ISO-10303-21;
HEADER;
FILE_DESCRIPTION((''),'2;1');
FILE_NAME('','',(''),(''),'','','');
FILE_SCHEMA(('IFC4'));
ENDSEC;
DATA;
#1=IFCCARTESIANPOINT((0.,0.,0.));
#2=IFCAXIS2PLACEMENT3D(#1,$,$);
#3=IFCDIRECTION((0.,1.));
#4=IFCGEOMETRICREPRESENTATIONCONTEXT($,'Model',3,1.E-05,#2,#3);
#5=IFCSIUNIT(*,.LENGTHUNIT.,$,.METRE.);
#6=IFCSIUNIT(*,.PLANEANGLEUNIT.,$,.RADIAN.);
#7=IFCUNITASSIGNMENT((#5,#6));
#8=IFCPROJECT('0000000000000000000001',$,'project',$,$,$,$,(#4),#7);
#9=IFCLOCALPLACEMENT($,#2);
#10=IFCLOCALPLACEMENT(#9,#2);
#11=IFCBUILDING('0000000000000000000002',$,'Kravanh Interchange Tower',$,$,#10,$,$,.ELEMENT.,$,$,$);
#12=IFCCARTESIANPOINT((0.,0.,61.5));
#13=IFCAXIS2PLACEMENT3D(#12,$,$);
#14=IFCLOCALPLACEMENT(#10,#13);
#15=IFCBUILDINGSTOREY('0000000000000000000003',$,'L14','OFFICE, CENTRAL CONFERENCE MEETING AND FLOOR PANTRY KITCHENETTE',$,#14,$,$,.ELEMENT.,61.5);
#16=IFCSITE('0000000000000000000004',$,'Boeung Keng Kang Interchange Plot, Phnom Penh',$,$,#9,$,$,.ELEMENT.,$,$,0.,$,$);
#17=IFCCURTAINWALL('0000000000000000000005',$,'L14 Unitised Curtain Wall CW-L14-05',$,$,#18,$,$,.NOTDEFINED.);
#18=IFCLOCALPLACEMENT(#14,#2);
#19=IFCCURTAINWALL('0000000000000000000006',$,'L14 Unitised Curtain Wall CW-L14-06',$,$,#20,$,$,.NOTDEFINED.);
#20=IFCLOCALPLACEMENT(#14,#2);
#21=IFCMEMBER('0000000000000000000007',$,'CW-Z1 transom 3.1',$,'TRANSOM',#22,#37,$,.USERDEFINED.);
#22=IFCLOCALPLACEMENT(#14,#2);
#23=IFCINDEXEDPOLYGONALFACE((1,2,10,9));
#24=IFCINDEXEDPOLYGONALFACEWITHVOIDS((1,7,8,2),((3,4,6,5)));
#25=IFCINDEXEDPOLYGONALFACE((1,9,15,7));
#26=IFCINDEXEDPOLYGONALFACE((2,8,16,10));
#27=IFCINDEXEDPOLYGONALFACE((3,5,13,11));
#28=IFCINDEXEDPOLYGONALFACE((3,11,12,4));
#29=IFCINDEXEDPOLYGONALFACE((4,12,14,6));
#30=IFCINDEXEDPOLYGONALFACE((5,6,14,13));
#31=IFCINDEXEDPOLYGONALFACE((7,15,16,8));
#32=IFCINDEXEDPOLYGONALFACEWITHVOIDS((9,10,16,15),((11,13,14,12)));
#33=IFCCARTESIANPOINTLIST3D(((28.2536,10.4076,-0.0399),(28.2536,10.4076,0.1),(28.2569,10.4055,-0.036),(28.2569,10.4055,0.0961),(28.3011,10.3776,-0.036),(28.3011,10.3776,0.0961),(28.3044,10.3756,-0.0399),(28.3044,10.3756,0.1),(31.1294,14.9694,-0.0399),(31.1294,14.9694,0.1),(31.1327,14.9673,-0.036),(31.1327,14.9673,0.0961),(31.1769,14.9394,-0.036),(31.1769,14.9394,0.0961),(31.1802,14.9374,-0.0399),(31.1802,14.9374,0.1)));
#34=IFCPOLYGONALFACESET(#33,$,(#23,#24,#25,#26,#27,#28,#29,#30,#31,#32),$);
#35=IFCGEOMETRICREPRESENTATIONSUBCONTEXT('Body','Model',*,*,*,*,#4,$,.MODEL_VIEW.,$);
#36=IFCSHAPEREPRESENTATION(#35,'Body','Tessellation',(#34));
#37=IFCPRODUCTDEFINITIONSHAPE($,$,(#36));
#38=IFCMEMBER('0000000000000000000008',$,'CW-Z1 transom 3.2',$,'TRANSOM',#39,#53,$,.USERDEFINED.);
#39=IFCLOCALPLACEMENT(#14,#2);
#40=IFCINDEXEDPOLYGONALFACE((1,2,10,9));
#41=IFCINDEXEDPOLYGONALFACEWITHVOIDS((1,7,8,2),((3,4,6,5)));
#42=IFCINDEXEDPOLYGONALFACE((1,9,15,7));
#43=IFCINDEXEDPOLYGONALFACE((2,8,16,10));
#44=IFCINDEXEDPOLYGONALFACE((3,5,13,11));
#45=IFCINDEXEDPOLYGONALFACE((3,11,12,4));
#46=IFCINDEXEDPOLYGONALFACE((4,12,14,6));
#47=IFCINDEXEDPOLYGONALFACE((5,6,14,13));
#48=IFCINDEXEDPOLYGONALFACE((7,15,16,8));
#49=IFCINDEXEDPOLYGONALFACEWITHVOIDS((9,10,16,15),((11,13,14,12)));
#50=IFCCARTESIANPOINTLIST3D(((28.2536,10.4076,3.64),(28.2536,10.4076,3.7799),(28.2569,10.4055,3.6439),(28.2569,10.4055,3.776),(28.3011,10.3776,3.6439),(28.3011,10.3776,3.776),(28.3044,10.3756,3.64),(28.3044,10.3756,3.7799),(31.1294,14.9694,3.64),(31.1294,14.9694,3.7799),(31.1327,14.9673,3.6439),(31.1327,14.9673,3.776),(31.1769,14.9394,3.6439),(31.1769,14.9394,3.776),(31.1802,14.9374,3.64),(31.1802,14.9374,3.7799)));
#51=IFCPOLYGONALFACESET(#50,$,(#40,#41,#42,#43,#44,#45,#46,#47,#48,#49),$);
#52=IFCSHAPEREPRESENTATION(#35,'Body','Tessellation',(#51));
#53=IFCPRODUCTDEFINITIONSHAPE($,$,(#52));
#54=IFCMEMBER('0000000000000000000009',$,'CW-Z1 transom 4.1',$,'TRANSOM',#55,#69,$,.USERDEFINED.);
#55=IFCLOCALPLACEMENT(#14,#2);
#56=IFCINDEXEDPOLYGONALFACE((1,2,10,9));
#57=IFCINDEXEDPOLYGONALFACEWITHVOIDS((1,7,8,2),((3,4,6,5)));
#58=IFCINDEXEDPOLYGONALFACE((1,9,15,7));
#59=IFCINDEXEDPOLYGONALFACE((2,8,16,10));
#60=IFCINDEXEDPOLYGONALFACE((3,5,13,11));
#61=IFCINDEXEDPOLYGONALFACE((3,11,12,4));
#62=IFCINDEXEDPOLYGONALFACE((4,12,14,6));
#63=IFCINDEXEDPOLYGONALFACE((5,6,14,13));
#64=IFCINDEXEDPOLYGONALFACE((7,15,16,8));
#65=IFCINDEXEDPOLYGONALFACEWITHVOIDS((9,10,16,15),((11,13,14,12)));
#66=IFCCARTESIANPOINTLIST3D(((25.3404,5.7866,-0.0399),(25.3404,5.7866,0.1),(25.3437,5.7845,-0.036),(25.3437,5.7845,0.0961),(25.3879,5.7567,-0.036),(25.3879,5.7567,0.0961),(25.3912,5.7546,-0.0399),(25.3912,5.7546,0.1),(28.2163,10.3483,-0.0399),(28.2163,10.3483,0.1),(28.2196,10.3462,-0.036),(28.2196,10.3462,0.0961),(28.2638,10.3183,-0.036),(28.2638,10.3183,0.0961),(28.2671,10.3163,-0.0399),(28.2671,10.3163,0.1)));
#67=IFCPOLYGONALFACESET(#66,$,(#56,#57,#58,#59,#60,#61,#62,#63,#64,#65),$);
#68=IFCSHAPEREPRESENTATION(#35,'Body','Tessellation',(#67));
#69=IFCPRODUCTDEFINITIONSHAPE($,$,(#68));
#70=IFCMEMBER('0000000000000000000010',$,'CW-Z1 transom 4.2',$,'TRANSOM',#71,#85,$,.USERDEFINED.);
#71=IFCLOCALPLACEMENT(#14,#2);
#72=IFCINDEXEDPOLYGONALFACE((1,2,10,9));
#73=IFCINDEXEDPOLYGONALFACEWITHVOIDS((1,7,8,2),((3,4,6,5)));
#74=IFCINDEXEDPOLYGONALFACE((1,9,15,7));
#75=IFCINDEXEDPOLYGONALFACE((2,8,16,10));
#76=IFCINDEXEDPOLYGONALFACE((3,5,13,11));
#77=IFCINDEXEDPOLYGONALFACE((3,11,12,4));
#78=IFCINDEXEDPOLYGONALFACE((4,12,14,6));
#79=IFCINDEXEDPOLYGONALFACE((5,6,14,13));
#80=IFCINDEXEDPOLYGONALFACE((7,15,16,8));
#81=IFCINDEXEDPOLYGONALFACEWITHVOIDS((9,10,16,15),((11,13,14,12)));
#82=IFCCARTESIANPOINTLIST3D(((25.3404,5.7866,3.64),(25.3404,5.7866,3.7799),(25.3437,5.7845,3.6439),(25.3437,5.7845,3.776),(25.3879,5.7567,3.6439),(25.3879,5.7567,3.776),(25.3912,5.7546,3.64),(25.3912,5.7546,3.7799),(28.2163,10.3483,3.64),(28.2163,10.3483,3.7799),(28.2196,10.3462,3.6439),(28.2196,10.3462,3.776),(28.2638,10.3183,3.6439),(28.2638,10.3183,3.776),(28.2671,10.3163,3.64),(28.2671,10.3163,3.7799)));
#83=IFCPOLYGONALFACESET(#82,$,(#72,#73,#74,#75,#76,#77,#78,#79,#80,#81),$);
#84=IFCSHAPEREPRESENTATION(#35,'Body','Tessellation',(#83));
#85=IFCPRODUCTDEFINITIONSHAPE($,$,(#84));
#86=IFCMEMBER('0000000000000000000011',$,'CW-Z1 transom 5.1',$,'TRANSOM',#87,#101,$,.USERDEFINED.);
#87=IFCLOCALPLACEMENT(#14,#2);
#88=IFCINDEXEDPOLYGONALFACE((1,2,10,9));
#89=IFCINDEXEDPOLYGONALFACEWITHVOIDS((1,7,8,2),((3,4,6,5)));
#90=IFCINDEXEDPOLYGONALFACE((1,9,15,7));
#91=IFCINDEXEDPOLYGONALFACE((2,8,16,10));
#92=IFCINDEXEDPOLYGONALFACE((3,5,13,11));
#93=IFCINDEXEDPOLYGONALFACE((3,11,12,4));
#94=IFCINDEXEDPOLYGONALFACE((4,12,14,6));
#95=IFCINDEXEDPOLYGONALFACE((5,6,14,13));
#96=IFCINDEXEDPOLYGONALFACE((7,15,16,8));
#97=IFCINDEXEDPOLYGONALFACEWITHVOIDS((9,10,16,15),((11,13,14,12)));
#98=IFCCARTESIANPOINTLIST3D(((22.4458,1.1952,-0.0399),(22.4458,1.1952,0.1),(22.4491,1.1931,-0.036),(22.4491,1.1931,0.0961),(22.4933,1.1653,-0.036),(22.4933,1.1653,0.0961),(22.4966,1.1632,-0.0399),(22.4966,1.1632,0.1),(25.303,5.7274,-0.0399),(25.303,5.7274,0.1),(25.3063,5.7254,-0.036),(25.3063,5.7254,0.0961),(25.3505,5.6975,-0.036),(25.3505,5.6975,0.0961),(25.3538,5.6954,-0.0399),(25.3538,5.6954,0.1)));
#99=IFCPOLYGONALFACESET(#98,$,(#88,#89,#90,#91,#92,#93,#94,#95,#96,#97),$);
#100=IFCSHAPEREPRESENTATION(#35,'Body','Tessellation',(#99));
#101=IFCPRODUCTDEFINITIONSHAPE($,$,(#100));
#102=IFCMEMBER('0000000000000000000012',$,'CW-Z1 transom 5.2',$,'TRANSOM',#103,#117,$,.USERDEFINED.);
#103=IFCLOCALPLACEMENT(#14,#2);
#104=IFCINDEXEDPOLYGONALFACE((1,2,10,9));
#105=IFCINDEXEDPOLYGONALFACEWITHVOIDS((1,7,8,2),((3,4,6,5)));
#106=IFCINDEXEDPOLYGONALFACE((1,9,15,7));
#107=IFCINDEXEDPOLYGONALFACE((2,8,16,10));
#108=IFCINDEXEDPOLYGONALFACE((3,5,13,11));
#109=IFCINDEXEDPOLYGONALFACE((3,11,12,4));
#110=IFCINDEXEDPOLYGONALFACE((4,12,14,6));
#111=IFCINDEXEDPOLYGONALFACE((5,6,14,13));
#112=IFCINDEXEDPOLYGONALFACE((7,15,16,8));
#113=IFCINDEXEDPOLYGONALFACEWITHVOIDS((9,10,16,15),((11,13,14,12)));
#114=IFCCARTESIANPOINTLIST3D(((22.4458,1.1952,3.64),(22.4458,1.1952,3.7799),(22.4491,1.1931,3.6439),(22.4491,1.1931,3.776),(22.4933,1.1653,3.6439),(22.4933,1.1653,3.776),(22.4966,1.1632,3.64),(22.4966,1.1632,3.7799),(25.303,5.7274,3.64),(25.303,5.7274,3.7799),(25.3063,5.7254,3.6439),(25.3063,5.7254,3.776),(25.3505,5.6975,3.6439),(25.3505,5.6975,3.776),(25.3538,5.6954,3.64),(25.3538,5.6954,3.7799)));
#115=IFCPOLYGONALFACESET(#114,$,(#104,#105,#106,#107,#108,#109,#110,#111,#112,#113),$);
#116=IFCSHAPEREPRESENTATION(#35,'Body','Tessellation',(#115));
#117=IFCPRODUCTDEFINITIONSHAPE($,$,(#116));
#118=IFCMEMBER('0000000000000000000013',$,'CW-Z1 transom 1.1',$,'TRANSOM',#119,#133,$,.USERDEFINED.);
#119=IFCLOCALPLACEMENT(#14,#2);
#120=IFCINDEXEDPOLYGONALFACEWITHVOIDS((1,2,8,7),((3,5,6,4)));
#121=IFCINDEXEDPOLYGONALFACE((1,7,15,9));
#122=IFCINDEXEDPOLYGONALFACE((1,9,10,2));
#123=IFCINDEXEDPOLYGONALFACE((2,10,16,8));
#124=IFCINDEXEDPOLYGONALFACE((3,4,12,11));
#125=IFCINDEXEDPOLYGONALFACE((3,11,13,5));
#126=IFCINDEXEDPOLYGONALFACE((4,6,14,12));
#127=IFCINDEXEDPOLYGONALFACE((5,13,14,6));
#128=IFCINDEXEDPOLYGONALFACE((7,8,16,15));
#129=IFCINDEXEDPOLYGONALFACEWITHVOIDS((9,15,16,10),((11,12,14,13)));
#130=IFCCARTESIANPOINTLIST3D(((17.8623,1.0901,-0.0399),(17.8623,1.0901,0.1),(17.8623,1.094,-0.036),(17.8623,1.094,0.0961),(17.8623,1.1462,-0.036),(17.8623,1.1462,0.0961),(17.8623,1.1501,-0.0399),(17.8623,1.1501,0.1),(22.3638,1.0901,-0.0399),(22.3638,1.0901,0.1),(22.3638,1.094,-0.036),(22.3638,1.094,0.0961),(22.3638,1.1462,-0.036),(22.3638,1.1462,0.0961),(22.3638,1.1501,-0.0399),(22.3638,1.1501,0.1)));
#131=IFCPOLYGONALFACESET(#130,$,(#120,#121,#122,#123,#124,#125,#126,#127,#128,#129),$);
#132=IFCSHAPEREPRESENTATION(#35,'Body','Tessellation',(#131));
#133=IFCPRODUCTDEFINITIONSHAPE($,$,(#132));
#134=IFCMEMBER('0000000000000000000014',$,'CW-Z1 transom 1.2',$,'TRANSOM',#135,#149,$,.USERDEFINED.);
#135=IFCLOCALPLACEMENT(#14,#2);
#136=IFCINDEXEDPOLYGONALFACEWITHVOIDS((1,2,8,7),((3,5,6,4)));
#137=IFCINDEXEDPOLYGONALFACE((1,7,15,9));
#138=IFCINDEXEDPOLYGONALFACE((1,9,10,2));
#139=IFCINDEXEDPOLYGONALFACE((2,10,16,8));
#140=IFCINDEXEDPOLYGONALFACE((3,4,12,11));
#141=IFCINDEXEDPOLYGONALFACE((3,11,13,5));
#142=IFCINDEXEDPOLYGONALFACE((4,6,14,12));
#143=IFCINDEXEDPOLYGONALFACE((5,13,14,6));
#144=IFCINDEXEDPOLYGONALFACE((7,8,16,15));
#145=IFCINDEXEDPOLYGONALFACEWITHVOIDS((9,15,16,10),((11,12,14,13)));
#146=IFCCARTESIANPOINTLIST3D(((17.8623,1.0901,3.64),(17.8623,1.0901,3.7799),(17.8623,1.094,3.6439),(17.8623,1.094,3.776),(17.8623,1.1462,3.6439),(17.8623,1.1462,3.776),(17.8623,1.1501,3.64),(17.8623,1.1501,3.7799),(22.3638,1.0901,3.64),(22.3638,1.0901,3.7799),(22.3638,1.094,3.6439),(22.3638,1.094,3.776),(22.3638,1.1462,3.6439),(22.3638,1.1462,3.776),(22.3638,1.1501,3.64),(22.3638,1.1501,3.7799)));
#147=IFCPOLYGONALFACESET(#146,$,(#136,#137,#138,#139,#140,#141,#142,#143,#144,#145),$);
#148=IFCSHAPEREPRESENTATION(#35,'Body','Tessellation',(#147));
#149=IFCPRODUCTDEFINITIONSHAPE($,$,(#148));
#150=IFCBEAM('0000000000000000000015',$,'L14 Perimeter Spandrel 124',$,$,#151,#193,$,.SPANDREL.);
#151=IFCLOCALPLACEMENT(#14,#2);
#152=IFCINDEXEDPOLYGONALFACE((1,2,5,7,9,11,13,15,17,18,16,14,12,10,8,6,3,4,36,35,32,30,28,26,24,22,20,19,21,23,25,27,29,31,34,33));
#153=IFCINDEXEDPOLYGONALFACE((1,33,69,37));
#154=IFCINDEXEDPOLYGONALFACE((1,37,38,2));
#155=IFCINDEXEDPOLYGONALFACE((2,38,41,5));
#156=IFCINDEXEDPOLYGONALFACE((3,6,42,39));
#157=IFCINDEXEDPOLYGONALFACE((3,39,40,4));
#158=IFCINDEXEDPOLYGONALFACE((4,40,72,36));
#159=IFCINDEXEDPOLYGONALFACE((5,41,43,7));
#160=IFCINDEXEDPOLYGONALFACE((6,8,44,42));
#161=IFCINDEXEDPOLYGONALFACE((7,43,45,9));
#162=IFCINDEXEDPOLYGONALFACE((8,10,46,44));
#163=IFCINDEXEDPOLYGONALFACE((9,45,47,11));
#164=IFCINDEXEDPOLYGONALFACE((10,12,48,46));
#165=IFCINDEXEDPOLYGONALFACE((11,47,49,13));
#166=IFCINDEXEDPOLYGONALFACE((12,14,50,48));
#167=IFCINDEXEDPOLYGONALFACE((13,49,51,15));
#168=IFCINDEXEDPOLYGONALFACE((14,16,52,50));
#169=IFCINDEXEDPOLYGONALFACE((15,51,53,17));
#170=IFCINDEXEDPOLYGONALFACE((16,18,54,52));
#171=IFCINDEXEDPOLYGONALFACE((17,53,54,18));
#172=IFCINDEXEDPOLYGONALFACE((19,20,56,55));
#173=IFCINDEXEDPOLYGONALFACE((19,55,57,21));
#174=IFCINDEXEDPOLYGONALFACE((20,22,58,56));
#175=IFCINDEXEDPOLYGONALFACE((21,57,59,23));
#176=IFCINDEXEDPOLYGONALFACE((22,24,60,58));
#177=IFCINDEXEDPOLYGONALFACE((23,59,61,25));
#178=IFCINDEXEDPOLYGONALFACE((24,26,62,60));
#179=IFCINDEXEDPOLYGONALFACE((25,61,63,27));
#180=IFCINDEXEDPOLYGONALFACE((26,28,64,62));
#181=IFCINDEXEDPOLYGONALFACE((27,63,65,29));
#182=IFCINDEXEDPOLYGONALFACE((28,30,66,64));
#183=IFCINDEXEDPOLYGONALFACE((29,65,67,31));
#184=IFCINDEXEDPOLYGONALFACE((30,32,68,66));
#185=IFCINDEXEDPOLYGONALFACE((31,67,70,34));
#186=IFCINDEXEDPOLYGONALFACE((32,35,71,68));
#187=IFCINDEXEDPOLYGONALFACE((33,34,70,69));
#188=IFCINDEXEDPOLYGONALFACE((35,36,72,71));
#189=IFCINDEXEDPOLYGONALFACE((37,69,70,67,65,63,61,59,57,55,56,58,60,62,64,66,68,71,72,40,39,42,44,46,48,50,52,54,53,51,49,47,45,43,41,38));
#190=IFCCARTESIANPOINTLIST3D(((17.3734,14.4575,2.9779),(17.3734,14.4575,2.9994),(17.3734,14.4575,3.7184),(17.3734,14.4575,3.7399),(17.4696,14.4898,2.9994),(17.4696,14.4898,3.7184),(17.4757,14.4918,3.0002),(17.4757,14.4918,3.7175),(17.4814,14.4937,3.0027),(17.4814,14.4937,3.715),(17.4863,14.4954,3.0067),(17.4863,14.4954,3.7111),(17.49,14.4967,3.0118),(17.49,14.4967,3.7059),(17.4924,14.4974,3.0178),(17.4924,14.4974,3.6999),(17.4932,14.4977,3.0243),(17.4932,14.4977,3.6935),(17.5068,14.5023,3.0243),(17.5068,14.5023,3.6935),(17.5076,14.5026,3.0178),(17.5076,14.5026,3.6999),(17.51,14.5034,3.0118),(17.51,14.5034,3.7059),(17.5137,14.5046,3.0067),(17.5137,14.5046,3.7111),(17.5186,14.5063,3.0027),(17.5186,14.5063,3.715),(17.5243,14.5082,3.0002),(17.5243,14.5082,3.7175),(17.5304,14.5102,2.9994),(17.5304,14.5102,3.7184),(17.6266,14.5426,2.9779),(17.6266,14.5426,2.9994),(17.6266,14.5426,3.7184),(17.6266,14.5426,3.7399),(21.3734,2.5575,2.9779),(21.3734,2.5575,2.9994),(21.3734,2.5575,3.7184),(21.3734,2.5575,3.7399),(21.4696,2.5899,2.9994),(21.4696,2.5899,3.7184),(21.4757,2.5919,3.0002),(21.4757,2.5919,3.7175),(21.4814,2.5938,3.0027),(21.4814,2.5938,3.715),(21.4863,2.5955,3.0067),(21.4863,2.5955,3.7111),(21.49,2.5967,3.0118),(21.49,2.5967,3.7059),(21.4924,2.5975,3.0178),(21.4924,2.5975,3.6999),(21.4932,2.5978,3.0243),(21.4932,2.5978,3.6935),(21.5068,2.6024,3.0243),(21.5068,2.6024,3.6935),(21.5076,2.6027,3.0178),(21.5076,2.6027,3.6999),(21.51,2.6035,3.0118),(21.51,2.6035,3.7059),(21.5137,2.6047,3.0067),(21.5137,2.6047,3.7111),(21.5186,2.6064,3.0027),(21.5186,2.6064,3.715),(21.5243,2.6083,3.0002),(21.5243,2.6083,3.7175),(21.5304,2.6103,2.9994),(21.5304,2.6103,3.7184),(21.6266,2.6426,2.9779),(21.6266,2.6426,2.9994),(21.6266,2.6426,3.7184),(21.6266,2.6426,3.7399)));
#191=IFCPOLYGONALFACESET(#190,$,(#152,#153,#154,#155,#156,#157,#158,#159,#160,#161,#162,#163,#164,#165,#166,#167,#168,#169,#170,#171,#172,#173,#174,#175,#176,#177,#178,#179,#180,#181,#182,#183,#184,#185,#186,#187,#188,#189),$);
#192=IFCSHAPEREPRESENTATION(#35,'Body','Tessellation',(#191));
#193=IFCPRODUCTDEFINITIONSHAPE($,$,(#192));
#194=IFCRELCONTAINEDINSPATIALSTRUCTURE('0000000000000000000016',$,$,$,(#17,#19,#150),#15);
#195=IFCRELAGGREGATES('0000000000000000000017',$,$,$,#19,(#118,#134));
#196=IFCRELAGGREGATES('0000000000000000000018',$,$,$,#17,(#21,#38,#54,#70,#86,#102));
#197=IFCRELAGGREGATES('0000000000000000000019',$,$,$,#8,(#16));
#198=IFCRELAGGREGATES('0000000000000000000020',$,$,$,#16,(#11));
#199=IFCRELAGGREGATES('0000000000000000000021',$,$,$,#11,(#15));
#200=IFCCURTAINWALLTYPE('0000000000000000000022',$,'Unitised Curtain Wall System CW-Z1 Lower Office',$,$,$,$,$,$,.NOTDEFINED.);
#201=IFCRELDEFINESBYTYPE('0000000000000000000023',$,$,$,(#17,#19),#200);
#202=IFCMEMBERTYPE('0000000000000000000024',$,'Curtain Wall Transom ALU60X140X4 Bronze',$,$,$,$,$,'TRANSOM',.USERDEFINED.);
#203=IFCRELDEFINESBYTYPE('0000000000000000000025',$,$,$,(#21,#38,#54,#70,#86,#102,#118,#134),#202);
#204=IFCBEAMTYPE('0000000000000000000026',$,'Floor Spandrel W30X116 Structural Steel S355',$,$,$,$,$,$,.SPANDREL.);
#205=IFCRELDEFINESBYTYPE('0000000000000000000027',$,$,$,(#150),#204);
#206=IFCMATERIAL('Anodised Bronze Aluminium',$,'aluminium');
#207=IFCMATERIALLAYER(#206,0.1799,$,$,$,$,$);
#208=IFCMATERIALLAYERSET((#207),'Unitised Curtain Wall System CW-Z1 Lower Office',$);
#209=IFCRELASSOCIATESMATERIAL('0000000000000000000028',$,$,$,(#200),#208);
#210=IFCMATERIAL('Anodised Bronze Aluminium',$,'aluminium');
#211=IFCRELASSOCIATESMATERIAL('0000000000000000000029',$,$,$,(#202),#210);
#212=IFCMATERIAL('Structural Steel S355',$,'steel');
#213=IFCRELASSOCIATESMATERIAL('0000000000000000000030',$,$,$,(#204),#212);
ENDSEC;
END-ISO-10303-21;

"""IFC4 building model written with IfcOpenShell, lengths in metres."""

from ifc_helpers import new_model, si_unit, direction, frame, origin, origin_2d, place, context, subcontext, project, spatial, hollow_rectangle, i_section, extrude, material, layer, layer_set, material_profile, profile_set, type_object, element, aggregate, save


model = new_model("IFC4")

# Units and contexts
model_context = context("Model", 3, precision=1e-05, world=origin(), true_north=direction((0.0, 1.0)))
body_context = subcontext(model_context, "Body", "Model", "MODEL_VIEW")
ifc_project = project(units=[si_unit("LENGTHUNIT", "METRE"), si_unit("PLANEANGLEUNIT", "RADIAN")], contexts=[model_context])

# Site, building, storey
site_placement = place(None, origin())
site = spatial("IfcSite", under=ifc_project, at=site_placement, Name="Boeung Keng Kang Interchange Plot, Phnom Penh", CompositionType="ELEMENT", RefElevation=0.0)
building_placement = place(site_placement, origin())
building = spatial("IfcBuilding", under=site, at=building_placement, Name="Kravanh Interchange Tower", CompositionType="ELEMENT")
storey_placement = place(building_placement, frame((0.0, 0.0, 61.5)))
storey = spatial("IfcBuildingStorey", under=building, at=storey_placement, Name="L14", Description="OFFICE, CENTRAL CONFERENCE MEETING AND FLOOR PANTRY KITCHENETTE", CompositionType="ELEMENT", Elevation=61.5)

# Curtain wall
ifc_material_1 = material(Name="Anodised Bronze Aluminium", Category="aluminium")
ifc_layer_1 = layer(ifc_material_1, 0.1799)
ifc_layer_set_1 = layer_set([ifc_layer_1], Name="Unitised Curtain Wall System CW-Z1 Lower Office")
curtain_wall_type = type_object("IfcCurtainWallType", Name="Unitised Curtain Wall System CW-Z1 Lower Office", PredefinedType="NOTDEFINED", material=ifc_layer_set_1)
curtain_wall_1_placement = place(storey_placement, origin())
curtain_wall_1 = element("IfcCurtainWall", 1, at=curtain_wall_1_placement, inside=storey, type_object=curtain_wall_type, Name="L14 Unitised Curtain Wall CW-L14-05", PredefinedType="NOTDEFINED")

# Curtain wall
curtain_wall_2_placement = place(storey_placement, origin())
curtain_wall_2 = element("IfcCurtainWall", 2, at=curtain_wall_2_placement, inside=storey, type_object=curtain_wall_type, Name="L14 Unitised Curtain Wall CW-L14-06", PredefinedType="NOTDEFINED")

# Members
ifc_material_2 = material(Name="Anodised Bronze Aluminium", Category="aluminium")
ifc_material_profile_1 = material_profile(ifc_material_2, hollow_rectangle(XDim=0.0601, YDim=0.1399, WallThickness=0.0039, at=origin_2d()), Name="ALU60X140X4")
ifc_profile_set_1 = profile_set([ifc_material_profile_1], Name="Anodised Bronze Aluminium")
member_type_1 = type_object("IfcMemberType", Name="Curtain Wall Transom ALU60X140X4 Bronze", ElementType="TRANSOM", PredefinedType="USERDEFINED", material=ifc_profile_set_1)
member_1_placement = place(storey_placement, frame((31.1548, 14.9534, 0.03), z_axis=(-0.533279, -0.845939, 0.0), x_axis=(0.845939, -0.533279, 0.0)))
member_1 = element("IfcMember", 3, at=member_1_placement, type_object=member_type_1, Name="CW-Z1 transom 3.1", ObjectType="TRANSOM", PredefinedType="USERDEFINED", context=body_context, shape_type="SweptSolid", body=[
    extrude(hollow_rectangle(XDim=0.0601, YDim=0.1399, WallThickness=0.0039, at=origin_2d()), origin(), (0.0, 0.0, 1.0), 5.3926),
])
member_2_placement = place(storey_placement, frame((31.1548, 14.9534, 3.71), z_axis=(-0.533279, -0.845939, 0.0), x_axis=(0.845939, -0.533279, 0.0)))
member_2 = element("IfcMember", 4, at=member_2_placement, type_object=member_type_1, Name="CW-Z1 transom 3.2", ObjectType="TRANSOM", PredefinedType="USERDEFINED", context=body_context, shape_type="SweptSolid", body=[
    extrude(hollow_rectangle(XDim=0.0601, YDim=0.1399, WallThickness=0.0039, at=origin_2d()), origin(), (0.0, 0.0, 1.0), 5.3926),
])
member_3_placement = place(storey_placement, frame((28.2417, 10.3323, 0.03), z_axis=(-0.533311, -0.845919, 0.0), x_axis=(0.845919, -0.533311, 0.0)))
member_3 = element("IfcMember", 5, at=member_3_placement, type_object=member_type_1, Name="CW-Z1 transom 4.1", ObjectType="TRANSOM", PredefinedType="USERDEFINED", context=body_context, shape_type="SweptSolid", body=[
    extrude(hollow_rectangle(XDim=0.0601, YDim=0.1399, WallThickness=0.0039, at=origin_2d()), origin(), (0.0, 0.0, 1.0), 5.3926),
])
member_4_placement = place(storey_placement, frame((28.2417, 10.3323, 3.71), z_axis=(-0.533311, -0.845919, 0.0), x_axis=(0.845919, -0.533311, 0.0)))
member_4 = element("IfcMember", 6, at=member_4_placement, type_object=member_type_1, Name="CW-Z1 transom 4.2", ObjectType="TRANSOM", PredefinedType="USERDEFINED", context=body_context, shape_type="SweptSolid", body=[
    extrude(hollow_rectangle(XDim=0.0601, YDim=0.1399, WallThickness=0.0039, at=origin_2d()), origin(), (0.0, 0.0, 1.0), 5.3926),
])
member_5_placement = place(storey_placement, frame((25.3284, 5.7114, 0.03), z_axis=(-0.533288, -0.845934, 0.0), x_axis=(0.845934, -0.533288, 0.0)))
member_5 = element("IfcMember", 7, at=member_5_placement, type_object=member_type_1, Name="CW-Z1 transom 5.1", ObjectType="TRANSOM", PredefinedType="USERDEFINED", context=body_context, shape_type="SweptSolid", body=[
    extrude(hollow_rectangle(XDim=0.0601, YDim=0.1399, WallThickness=0.0039, at=origin_2d()), origin(), (0.0, 0.0, 1.0), 5.3577),
])
member_6_placement = place(storey_placement, frame((25.3284, 5.7114, 3.71), z_axis=(-0.533288, -0.845934, 0.0), x_axis=(0.845934, -0.533288, 0.0)))
member_6 = element("IfcMember", 8, at=member_6_placement, type_object=member_type_1, Name="CW-Z1 transom 5.2", ObjectType="TRANSOM", PredefinedType="USERDEFINED", context=body_context, shape_type="SweptSolid", body=[
    extrude(hollow_rectangle(XDim=0.0601, YDim=0.1399, WallThickness=0.0039, at=origin_2d()), origin(), (0.0, 0.0, 1.0), 5.3577),
])
member_7_placement = place(storey_placement, frame((22.3638, 1.1201, 0.03), z_axis=(-1.0, 0.0, 0.0), x_axis=(0.0, -1.0, 0.0)))
member_7 = element("IfcMember", 9, at=member_7_placement, type_object=member_type_1, Name="CW-Z1 transom 1.1", ObjectType="TRANSOM", PredefinedType="USERDEFINED", context=body_context, shape_type="SweptSolid", body=[
    extrude(hollow_rectangle(XDim=0.0601, YDim=0.1399, WallThickness=0.0039, at=origin_2d()), origin(), (0.0, 0.0, 1.0), 4.5015),
])
member_8_placement = place(storey_placement, frame((22.3638, 1.1201, 3.71), z_axis=(-1.0, 0.0, 0.0), x_axis=(0.0, -1.0, 0.0)))
member_8 = element("IfcMember", 10, at=member_8_placement, type_object=member_type_1, Name="CW-Z1 transom 1.2", ObjectType="TRANSOM", PredefinedType="USERDEFINED", context=body_context, shape_type="SweptSolid", body=[
    extrude(hollow_rectangle(XDim=0.0601, YDim=0.1399, WallThickness=0.0039, at=origin_2d()), origin(), (0.0, 0.0, 1.0), 4.5015),
])
aggregate(curtain_wall_2, [member_7, member_8])

# Beam
ifc_material_3 = material(Name="Structural Steel S355", Category="steel")
ifc_material_profile_2 = material_profile(ifc_material_3, i_section(OverallWidth=0.2671, OverallDepth=0.762, WebThickness=0.0144, FlangeThickness=0.0215, FilletRadius=0.0249, at=origin_2d()), Name="W30X116")
ifc_profile_set_2 = profile_set([ifc_material_profile_2], Name="Structural Steel S355")
beam_type = type_object("IfcBeamType", Name="Floor Spandrel W30X116 Structural Steel S355", PredefinedType="SPANDREL", material=ifc_profile_set_2)
beam_1_placement = place(storey_placement, frame((21.5, 2.6001, 3.3589), z_axis=(-0.318619, 0.947883, 0.0), x_axis=(-0.947883, -0.318619, 0.0)))
element("IfcBeam", 11, at=beam_1_placement, inside=storey, type_object=beam_type, Name="L14 Perimeter Spandrel 124", PredefinedType="SPANDREL", context=body_context, shape_type="SweptSolid", body=[
    extrude(i_section(OverallWidth=0.2671, OverallDepth=0.762, WebThickness=0.0144, FlangeThickness=0.0215, FilletRadius=0.0249, at=origin_2d()), origin(), (0.0, 0.0, 1.0), 12.5542),
])

aggregate(curtain_wall_1, [member_1, member_2, member_3, member_4, member_5, member_6])

save(model, "model.ifc")
